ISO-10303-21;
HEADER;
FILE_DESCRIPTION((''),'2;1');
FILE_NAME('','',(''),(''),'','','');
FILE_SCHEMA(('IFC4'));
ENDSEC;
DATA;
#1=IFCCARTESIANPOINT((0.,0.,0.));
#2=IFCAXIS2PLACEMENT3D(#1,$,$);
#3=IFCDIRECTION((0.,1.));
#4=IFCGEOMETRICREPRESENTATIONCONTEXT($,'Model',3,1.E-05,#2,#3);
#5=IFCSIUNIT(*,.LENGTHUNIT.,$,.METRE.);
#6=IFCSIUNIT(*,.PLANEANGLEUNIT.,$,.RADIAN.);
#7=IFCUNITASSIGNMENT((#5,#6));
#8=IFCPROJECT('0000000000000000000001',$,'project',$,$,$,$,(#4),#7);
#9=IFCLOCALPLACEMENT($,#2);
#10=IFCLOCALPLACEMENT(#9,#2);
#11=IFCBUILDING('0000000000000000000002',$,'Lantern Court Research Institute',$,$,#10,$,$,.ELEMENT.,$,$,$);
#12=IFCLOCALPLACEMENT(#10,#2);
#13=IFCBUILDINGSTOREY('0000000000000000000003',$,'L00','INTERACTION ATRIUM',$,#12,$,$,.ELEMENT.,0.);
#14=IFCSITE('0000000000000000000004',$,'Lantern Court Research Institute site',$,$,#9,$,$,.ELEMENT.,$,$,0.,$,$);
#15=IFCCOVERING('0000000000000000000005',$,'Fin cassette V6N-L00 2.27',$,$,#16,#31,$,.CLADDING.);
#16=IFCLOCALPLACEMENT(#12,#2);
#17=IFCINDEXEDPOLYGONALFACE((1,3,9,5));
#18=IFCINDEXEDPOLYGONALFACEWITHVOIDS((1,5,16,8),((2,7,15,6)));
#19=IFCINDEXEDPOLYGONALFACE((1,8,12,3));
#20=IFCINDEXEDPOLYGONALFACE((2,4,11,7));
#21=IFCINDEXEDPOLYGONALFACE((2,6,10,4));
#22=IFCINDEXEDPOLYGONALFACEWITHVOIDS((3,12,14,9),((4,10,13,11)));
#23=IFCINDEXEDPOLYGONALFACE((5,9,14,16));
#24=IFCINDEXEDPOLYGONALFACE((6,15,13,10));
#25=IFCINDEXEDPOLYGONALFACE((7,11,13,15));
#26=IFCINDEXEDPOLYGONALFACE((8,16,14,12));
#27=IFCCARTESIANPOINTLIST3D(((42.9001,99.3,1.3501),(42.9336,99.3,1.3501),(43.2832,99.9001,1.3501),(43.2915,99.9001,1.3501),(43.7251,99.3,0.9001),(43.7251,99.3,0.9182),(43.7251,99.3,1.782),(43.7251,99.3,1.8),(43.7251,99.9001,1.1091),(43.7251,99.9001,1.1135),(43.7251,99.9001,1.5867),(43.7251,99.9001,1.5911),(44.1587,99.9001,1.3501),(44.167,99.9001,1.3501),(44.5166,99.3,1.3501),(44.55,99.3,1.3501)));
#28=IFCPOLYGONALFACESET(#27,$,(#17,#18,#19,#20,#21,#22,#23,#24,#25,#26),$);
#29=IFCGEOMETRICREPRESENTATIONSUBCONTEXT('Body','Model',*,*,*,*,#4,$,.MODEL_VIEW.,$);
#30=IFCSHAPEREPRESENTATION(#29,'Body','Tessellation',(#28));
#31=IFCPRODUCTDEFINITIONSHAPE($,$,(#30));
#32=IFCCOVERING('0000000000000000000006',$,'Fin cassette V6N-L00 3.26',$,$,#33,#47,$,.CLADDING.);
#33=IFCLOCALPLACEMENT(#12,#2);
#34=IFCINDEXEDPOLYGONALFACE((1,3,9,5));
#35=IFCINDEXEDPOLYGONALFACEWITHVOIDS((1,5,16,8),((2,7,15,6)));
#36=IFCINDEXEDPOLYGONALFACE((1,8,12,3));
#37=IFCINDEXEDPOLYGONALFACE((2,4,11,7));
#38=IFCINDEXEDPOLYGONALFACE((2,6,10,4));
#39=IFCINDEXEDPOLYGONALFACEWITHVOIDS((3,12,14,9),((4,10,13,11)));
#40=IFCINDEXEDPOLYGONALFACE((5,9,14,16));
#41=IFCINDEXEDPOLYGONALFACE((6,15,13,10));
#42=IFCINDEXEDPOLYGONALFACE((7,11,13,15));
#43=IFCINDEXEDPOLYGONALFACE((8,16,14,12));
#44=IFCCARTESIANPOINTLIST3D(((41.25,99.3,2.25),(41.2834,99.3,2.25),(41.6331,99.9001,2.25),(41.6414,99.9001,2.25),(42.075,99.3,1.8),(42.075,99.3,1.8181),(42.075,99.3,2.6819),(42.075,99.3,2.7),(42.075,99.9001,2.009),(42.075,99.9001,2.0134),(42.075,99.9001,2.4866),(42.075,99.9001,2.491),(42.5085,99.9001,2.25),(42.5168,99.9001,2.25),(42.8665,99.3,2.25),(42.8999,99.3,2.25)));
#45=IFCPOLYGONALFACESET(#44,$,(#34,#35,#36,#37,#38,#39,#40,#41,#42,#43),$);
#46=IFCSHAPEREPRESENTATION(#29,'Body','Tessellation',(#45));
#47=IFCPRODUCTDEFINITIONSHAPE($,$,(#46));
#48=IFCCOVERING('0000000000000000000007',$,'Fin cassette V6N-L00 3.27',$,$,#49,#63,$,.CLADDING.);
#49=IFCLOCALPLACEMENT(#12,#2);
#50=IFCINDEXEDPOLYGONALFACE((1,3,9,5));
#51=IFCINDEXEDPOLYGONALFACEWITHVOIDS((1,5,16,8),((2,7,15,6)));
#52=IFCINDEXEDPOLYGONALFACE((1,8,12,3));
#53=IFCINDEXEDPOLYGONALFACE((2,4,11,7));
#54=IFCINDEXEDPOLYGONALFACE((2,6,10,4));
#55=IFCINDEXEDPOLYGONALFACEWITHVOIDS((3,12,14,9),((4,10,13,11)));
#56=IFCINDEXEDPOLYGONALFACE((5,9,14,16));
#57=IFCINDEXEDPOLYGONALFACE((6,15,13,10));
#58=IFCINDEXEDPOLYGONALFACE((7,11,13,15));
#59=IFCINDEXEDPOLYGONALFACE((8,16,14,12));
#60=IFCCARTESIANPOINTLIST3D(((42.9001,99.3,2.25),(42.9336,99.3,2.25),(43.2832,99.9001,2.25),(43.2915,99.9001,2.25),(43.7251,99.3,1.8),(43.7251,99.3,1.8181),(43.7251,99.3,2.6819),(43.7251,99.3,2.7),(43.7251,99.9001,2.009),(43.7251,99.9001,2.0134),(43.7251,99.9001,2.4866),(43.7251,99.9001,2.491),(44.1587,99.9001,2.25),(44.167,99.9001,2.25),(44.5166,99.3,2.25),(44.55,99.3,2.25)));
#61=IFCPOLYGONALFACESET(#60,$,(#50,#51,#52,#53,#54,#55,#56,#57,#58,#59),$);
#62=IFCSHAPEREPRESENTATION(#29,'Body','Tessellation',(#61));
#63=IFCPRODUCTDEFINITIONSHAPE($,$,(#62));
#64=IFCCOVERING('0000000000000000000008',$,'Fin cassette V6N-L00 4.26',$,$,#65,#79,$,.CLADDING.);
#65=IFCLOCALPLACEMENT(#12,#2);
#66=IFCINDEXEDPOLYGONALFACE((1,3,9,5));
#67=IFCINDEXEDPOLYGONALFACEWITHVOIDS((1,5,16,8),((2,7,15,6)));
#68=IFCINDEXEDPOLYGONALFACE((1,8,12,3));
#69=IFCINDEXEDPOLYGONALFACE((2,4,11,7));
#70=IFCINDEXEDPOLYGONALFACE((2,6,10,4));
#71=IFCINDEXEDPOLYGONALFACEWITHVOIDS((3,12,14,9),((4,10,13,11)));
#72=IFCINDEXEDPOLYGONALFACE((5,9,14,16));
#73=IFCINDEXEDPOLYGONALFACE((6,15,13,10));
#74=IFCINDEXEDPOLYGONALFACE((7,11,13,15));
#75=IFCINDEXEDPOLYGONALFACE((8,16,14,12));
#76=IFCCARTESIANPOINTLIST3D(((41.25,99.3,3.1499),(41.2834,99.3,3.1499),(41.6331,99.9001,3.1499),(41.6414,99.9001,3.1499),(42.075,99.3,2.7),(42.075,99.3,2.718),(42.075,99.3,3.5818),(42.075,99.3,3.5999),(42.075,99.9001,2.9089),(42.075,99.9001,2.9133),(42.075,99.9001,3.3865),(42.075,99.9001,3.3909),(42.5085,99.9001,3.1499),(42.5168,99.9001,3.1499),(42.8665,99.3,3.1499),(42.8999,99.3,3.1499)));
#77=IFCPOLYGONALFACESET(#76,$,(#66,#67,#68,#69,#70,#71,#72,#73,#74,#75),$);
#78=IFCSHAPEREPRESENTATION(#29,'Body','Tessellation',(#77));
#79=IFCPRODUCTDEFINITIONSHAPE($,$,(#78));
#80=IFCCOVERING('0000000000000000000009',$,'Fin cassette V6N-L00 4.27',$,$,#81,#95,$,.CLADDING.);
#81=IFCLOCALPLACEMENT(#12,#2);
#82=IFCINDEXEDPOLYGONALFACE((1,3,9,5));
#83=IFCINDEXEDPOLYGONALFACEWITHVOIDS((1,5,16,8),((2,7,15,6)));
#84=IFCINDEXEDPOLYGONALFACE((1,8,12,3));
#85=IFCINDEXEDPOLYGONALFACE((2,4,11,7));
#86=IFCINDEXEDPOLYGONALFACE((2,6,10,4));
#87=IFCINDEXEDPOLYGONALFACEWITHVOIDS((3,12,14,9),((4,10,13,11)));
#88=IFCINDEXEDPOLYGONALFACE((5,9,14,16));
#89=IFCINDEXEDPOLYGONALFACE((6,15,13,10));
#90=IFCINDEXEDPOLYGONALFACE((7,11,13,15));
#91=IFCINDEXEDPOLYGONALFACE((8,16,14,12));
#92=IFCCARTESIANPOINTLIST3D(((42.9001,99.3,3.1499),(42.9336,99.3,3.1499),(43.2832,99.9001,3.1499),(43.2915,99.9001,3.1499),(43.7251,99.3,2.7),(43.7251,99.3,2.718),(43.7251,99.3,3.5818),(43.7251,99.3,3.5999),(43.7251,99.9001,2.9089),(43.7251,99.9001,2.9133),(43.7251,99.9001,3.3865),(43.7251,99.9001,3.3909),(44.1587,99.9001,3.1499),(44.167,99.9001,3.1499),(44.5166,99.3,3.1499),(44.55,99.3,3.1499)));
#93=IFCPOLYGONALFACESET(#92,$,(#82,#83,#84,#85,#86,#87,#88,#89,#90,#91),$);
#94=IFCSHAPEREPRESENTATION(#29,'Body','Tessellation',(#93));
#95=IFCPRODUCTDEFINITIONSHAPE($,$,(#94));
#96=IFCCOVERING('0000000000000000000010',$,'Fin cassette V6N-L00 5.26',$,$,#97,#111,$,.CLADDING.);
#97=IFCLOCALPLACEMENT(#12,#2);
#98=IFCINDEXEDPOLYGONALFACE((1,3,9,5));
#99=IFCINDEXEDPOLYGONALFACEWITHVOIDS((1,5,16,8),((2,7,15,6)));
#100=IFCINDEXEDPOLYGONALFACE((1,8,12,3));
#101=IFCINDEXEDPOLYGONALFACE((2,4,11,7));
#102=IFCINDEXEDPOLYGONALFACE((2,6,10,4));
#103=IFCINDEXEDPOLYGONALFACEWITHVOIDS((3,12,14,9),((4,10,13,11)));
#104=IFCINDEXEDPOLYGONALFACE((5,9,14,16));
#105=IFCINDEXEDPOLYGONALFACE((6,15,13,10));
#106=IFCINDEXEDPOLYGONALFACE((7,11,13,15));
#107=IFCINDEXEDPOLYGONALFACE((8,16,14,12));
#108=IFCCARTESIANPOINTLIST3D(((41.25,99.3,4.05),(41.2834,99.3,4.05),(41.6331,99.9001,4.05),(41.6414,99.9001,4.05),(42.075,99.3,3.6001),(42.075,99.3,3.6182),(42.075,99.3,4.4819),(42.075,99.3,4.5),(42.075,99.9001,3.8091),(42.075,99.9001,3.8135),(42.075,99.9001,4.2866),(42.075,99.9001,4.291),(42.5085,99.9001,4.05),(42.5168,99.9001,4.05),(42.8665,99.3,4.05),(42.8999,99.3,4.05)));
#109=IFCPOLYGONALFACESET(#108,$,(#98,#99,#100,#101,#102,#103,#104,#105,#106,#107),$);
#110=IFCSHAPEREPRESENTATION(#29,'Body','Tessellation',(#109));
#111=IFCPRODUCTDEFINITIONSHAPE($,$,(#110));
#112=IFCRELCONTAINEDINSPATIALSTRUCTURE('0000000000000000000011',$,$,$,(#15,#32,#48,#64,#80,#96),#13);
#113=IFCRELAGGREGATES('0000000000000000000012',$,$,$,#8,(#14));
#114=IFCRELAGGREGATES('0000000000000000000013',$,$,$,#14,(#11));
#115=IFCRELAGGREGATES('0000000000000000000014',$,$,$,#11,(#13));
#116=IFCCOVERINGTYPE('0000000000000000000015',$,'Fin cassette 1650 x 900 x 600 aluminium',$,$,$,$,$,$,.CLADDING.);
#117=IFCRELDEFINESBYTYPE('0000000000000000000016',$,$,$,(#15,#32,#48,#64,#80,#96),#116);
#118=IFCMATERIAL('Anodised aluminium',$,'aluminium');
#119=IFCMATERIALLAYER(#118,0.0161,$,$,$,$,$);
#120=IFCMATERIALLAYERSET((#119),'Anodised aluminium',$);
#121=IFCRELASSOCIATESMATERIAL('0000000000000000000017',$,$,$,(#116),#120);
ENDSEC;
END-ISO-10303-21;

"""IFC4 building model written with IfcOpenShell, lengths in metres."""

from ifc_helpers import new_model, entity, si_unit, direction, frame, origin, place, context, subcontext, project, spatial, material, layer, layer_set, type_object, element, save


model = new_model("IFC4")

# Units and contexts
model_context = context("Model", 3, precision=1e-05, world=origin(), true_north=direction((0.0, 1.0)))
body_context = subcontext(model_context, "Body", "Model", "MODEL_VIEW")
ifc_project = project(units=[si_unit("LENGTHUNIT", "METRE"), si_unit("PLANEANGLEUNIT", "RADIAN")], contexts=[model_context])

# Site, building, storey
site_placement = place(None, origin())
site = spatial("IfcSite", under=ifc_project, at=site_placement, Name="Lantern Court Research Institute site", CompositionType="ELEMENT", RefElevation=0.0)
building_placement = place(site_placement, origin())
building = spatial("IfcBuilding", under=site, at=building_placement, Name="Lantern Court Research Institute", CompositionType="ELEMENT")
storey_placement = place(building_placement, origin())
storey = spatial("IfcBuildingStorey", under=building, at=storey_placement, Name="L00", Description="INTERACTION ATRIUM", CompositionType="ELEMENT", Elevation=0.0)

# Coverings
ifc_material_1 = material(Name="Anodised aluminium", Category="aluminium")
ifc_layer_1 = layer(ifc_material_1, 0.0161)
ifc_layer_set_1 = layer_set([ifc_layer_1], Name="Anodised aluminium")
covering_type_1 = type_object("IfcCoveringType", Name="Fin cassette 1650 x 900 x 600 aluminium", PredefinedType="CLADDING", material=ifc_layer_set_1)
covering_1_placement = place(storey_placement, frame((43.7251, 99.3, 1.3501), z_axis=(0.0, 1.0, 0.0), x_axis=(-1.0, 0.0, 0.0)))
cartesian_point_1 = entity("IfcCartesianPoint", [0.825, 0.0])
cartesian_point_2 = entity("IfcCartesianPoint", [0.7915, 0.0])
cartesian_point_3 = entity("IfcCartesianPoint", [0.4419, 0.0])
cartesian_point_4 = entity("IfcCartesianPoint", [0.4336, 0.0])
element("IfcCovering", 1, at=covering_1_placement, inside=storey, type_object=covering_type_1, Name="Fin cassette V6N-L00 2.27", PredefinedType="CLADDING", context=body_context, shape_type="SweptSolid", body=[
    entity("IfcExtrudedAreaSolidTapered", entity("IfcArbitraryProfileDefWithVoids", "AREA", None, entity("IfcPolyline", [cartesian_point_1, entity("IfcCartesianPoint", [0.0, 0.45]), entity("IfcCartesianPoint", [-0.825, 0.0]), entity("IfcCartesianPoint", [0.0, -0.45]), cartesian_point_1]), [entity("IfcPolyline", [cartesian_point_2, entity("IfcCartesianPoint", [0.0, 0.4319]), entity("IfcCartesianPoint", [-0.7915, 0.0]), entity("IfcCartesianPoint", [0.0, -0.4319]), cartesian_point_2])]), entity("IfcAxis2Placement3D", entity("IfcCartesianPoint", [0.0, 0.0, 0.0])), entity("IfcDirection", [0.0, 0.0, 1.0]), 0.6001, entity("IfcArbitraryProfileDefWithVoids", "AREA", None, entity("IfcPolyline", [cartesian_point_3, entity("IfcCartesianPoint", [0.0, 0.241]), entity("IfcCartesianPoint", [-0.4419, 0.0]), entity("IfcCartesianPoint", [0.0, -0.241]), cartesian_point_3]), [entity("IfcPolyline", [cartesian_point_4, entity("IfcCartesianPoint", [0.0, 0.2366]), entity("IfcCartesianPoint", [-0.4336, 0.0]), entity("IfcCartesianPoint", [0.0, -0.2366]), cartesian_point_4])])),
])
covering_2_placement = place(storey_placement, frame((42.075, 99.3, 2.25), z_axis=(0.0, 1.0, 0.0), x_axis=(-1.0, 0.0, 0.0)))
cartesian_point_5 = entity("IfcCartesianPoint", [0.825, 0.0])
cartesian_point_6 = entity("IfcCartesianPoint", [0.7915, 0.0])
cartesian_point_7 = entity("IfcCartesianPoint", [0.4419, 0.0])
cartesian_point_8 = entity("IfcCartesianPoint", [0.4336, 0.0])
element("IfcCovering", 2, at=covering_2_placement, inside=storey, type_object=covering_type_1, Name="Fin cassette V6N-L00 3.26", PredefinedType="CLADDING", context=body_context, shape_type="SweptSolid", body=[
    entity("IfcExtrudedAreaSolidTapered", entity("IfcArbitraryProfileDefWithVoids", "AREA", None, entity("IfcPolyline", [cartesian_point_5, entity("IfcCartesianPoint", [0.0, 0.45]), entity("IfcCartesianPoint", [-0.825, 0.0]), entity("IfcCartesianPoint", [0.0, -0.45]), cartesian_point_5]), [entity("IfcPolyline", [cartesian_point_6, entity("IfcCartesianPoint", [0.0, 0.4319]), entity("IfcCartesianPoint", [-0.7915, 0.0]), entity("IfcCartesianPoint", [0.0, -0.4319]), cartesian_point_6])]), entity("IfcAxis2Placement3D", entity("IfcCartesianPoint", [0.0, 0.0, 0.0])), entity("IfcDirection", [0.0, 0.0, 1.0]), 0.6001, entity("IfcArbitraryProfileDefWithVoids", "AREA", None, entity("IfcPolyline", [cartesian_point_7, entity("IfcCartesianPoint", [0.0, 0.241]), entity("IfcCartesianPoint", [-0.4419, 0.0]), entity("IfcCartesianPoint", [0.0, -0.241]), cartesian_point_7]), [entity("IfcPolyline", [cartesian_point_8, entity("IfcCartesianPoint", [0.0, 0.2366]), entity("IfcCartesianPoint", [-0.4336, 0.0]), entity("IfcCartesianPoint", [0.0, -0.2366]), cartesian_point_8])])),
])
covering_3_placement = place(storey_placement, frame((43.7251, 99.3, 2.25), z_axis=(0.0, 1.0, 0.0), x_axis=(-1.0, 0.0, 0.0)))
cartesian_point_9 = entity("IfcCartesianPoint", [0.825, 0.0])
cartesian_point_10 = entity("IfcCartesianPoint", [0.7915, 0.0])
cartesian_point_11 = entity("IfcCartesianPoint", [0.4419, 0.0])
cartesian_point_12 = entity("IfcCartesianPoint", [0.4336, 0.0])
element("IfcCovering", 3, at=covering_3_placement, inside=storey, type_object=covering_type_1, Name="Fin cassette V6N-L00 3.27", PredefinedType="CLADDING", context=body_context, shape_type="SweptSolid", body=[
    entity("IfcExtrudedAreaSolidTapered", entity("IfcArbitraryProfileDefWithVoids", "AREA", None, entity("IfcPolyline", [cartesian_point_9, entity("IfcCartesianPoint", [0.0, 0.45]), entity("IfcCartesianPoint", [-0.825, 0.0]), entity("IfcCartesianPoint", [0.0, -0.45]), cartesian_point_9]), [entity("IfcPolyline", [cartesian_point_10, entity("IfcCartesianPoint", [0.0, 0.4319]), entity("IfcCartesianPoint", [-0.7915, 0.0]), entity("IfcCartesianPoint", [0.0, -0.4319]), cartesian_point_10])]), entity("IfcAxis2Placement3D", entity("IfcCartesianPoint", [0.0, 0.0, 0.0])), entity("IfcDirection", [0.0, 0.0, 1.0]), 0.6001, entity("IfcArbitraryProfileDefWithVoids", "AREA", None, entity("IfcPolyline", [cartesian_point_11, entity("IfcCartesianPoint", [0.0, 0.241]), entity("IfcCartesianPoint", [-0.4419, 0.0]), entity("IfcCartesianPoint", [0.0, -0.241]), cartesian_point_11]), [entity("IfcPolyline", [cartesian_point_12, entity("IfcCartesianPoint", [0.0, 0.2366]), entity("IfcCartesianPoint", [-0.4336, 0.0]), entity("IfcCartesianPoint", [0.0, -0.2366]), cartesian_point_12])])),
])
covering_4_placement = place(storey_placement, frame((42.075, 99.3, 3.1499), z_axis=(0.0, 1.0, 0.0), x_axis=(-1.0, 0.0, 0.0)))
cartesian_point_13 = entity("IfcCartesianPoint", [0.825, 0.0])
cartesian_point_14 = entity("IfcCartesianPoint", [0.7915, 0.0])
cartesian_point_15 = entity("IfcCartesianPoint", [0.4419, 0.0])
cartesian_point_16 = entity("IfcCartesianPoint", [0.4336, 0.0])
element("IfcCovering", 4, at=covering_4_placement, inside=storey, type_object=covering_type_1, Name="Fin cassette V6N-L00 4.26", PredefinedType="CLADDING", context=body_context, shape_type="SweptSolid", body=[
    entity("IfcExtrudedAreaSolidTapered", entity("IfcArbitraryProfileDefWithVoids", "AREA", None, entity("IfcPolyline", [cartesian_point_13, entity("IfcCartesianPoint", [0.0, 0.45]), entity("IfcCartesianPoint", [-0.825, 0.0]), entity("IfcCartesianPoint", [0.0, -0.45]), cartesian_point_13]), [entity("IfcPolyline", [cartesian_point_14, entity("IfcCartesianPoint", [0.0, 0.4319]), entity("IfcCartesianPoint", [-0.7915, 0.0]), entity("IfcCartesianPoint", [0.0, -0.4319]), cartesian_point_14])]), entity("IfcAxis2Placement3D", entity("IfcCartesianPoint", [0.0, 0.0, 0.0])), entity("IfcDirection", [0.0, 0.0, 1.0]), 0.6001, entity("IfcArbitraryProfileDefWithVoids", "AREA", None, entity("IfcPolyline", [cartesian_point_15, entity("IfcCartesianPoint", [0.0, 0.241]), entity("IfcCartesianPoint", [-0.4419, 0.0]), entity("IfcCartesianPoint", [0.0, -0.241]), cartesian_point_15]), [entity("IfcPolyline", [cartesian_point_16, entity("IfcCartesianPoint", [0.0, 0.2366]), entity("IfcCartesianPoint", [-0.4336, 0.0]), entity("IfcCartesianPoint", [0.0, -0.2366]), cartesian_point_16])])),
])
covering_5_placement = place(storey_placement, frame((43.7251, 99.3, 3.1499), z_axis=(0.0, 1.0, 0.0), x_axis=(-1.0, 0.0, 0.0)))
cartesian_point_17 = entity("IfcCartesianPoint", [0.825, 0.0])
cartesian_point_18 = entity("IfcCartesianPoint", [0.7915, 0.0])
cartesian_point_19 = entity("IfcCartesianPoint", [0.4419, 0.0])
cartesian_point_20 = entity("IfcCartesianPoint", [0.4336, 0.0])
element("IfcCovering", 5, at=covering_5_placement, inside=storey, type_object=covering_type_1, Name="Fin cassette V6N-L00 4.27", PredefinedType="CLADDING", context=body_context, shape_type="SweptSolid", body=[
    entity("IfcExtrudedAreaSolidTapered", entity("IfcArbitraryProfileDefWithVoids", "AREA", None, entity("IfcPolyline", [cartesian_point_17, entity("IfcCartesianPoint", [0.0, 0.45]), entity("IfcCartesianPoint", [-0.825, 0.0]), entity("IfcCartesianPoint", [0.0, -0.45]), cartesian_point_17]), [entity("IfcPolyline", [cartesian_point_18, entity("IfcCartesianPoint", [0.0, 0.4319]), entity("IfcCartesianPoint", [-0.7915, 0.0]), entity("IfcCartesianPoint", [0.0, -0.4319]), cartesian_point_18])]), entity("IfcAxis2Placement3D", entity("IfcCartesianPoint", [0.0, 0.0, 0.0])), entity("IfcDirection", [0.0, 0.0, 1.0]), 0.6001, entity("IfcArbitraryProfileDefWithVoids", "AREA", None, entity("IfcPolyline", [cartesian_point_19, entity("IfcCartesianPoint", [0.0, 0.241]), entity("IfcCartesianPoint", [-0.4419, 0.0]), entity("IfcCartesianPoint", [0.0, -0.241]), cartesian_point_19]), [entity("IfcPolyline", [cartesian_point_20, entity("IfcCartesianPoint", [0.0, 0.2366]), entity("IfcCartesianPoint", [-0.4336, 0.0]), entity("IfcCartesianPoint", [0.0, -0.2366]), cartesian_point_20])])),
])
covering_6_placement = place(storey_placement, frame((42.075, 99.3, 4.05), z_axis=(0.0, 1.0, 0.0), x_axis=(-1.0, 0.0, 0.0)))
cartesian_point_21 = entity("IfcCartesianPoint", [0.825, 0.0])
cartesian_point_22 = entity("IfcCartesianPoint", [0.7915, 0.0])
cartesian_point_23 = entity("IfcCartesianPoint", [0.4419, 0.0])
cartesian_point_24 = entity("IfcCartesianPoint", [0.4336, 0.0])
element("IfcCovering", 6, at=covering_6_placement, inside=storey, type_object=covering_type_1, Name="Fin cassette V6N-L00 5.26", PredefinedType="CLADDING", context=body_context, shape_type="SweptSolid", body=[
    entity("IfcExtrudedAreaSolidTapered", entity("IfcArbitraryProfileDefWithVoids", "AREA", None, entity("IfcPolyline", [cartesian_point_21, entity("IfcCartesianPoint", [0.0, 0.45]), entity("IfcCartesianPoint", [-0.825, 0.0]), entity("IfcCartesianPoint", [0.0, -0.45]), cartesian_point_21]), [entity("IfcPolyline", [cartesian_point_22, entity("IfcCartesianPoint", [0.0, 0.4319]), entity("IfcCartesianPoint", [-0.7915, 0.0]), entity("IfcCartesianPoint", [0.0, -0.4319]), cartesian_point_22])]), entity("IfcAxis2Placement3D", entity("IfcCartesianPoint", [0.0, 0.0, 0.0])), entity("IfcDirection", [0.0, 0.0, 1.0]), 0.6001, entity("IfcArbitraryProfileDefWithVoids", "AREA", None, entity("IfcPolyline", [cartesian_point_23, entity("IfcCartesianPoint", [0.0, 0.241]), entity("IfcCartesianPoint", [-0.4419, 0.0]), entity("IfcCartesianPoint", [0.0, -0.241]), cartesian_point_23]), [entity("IfcPolyline", [cartesian_point_24, entity("IfcCartesianPoint", [0.0, 0.2366]), entity("IfcCartesianPoint", [-0.4336, 0.0]), entity("IfcCartesianPoint", [0.0, -0.2366]), cartesian_point_24])])),
])

save(model, "model.ifc")
